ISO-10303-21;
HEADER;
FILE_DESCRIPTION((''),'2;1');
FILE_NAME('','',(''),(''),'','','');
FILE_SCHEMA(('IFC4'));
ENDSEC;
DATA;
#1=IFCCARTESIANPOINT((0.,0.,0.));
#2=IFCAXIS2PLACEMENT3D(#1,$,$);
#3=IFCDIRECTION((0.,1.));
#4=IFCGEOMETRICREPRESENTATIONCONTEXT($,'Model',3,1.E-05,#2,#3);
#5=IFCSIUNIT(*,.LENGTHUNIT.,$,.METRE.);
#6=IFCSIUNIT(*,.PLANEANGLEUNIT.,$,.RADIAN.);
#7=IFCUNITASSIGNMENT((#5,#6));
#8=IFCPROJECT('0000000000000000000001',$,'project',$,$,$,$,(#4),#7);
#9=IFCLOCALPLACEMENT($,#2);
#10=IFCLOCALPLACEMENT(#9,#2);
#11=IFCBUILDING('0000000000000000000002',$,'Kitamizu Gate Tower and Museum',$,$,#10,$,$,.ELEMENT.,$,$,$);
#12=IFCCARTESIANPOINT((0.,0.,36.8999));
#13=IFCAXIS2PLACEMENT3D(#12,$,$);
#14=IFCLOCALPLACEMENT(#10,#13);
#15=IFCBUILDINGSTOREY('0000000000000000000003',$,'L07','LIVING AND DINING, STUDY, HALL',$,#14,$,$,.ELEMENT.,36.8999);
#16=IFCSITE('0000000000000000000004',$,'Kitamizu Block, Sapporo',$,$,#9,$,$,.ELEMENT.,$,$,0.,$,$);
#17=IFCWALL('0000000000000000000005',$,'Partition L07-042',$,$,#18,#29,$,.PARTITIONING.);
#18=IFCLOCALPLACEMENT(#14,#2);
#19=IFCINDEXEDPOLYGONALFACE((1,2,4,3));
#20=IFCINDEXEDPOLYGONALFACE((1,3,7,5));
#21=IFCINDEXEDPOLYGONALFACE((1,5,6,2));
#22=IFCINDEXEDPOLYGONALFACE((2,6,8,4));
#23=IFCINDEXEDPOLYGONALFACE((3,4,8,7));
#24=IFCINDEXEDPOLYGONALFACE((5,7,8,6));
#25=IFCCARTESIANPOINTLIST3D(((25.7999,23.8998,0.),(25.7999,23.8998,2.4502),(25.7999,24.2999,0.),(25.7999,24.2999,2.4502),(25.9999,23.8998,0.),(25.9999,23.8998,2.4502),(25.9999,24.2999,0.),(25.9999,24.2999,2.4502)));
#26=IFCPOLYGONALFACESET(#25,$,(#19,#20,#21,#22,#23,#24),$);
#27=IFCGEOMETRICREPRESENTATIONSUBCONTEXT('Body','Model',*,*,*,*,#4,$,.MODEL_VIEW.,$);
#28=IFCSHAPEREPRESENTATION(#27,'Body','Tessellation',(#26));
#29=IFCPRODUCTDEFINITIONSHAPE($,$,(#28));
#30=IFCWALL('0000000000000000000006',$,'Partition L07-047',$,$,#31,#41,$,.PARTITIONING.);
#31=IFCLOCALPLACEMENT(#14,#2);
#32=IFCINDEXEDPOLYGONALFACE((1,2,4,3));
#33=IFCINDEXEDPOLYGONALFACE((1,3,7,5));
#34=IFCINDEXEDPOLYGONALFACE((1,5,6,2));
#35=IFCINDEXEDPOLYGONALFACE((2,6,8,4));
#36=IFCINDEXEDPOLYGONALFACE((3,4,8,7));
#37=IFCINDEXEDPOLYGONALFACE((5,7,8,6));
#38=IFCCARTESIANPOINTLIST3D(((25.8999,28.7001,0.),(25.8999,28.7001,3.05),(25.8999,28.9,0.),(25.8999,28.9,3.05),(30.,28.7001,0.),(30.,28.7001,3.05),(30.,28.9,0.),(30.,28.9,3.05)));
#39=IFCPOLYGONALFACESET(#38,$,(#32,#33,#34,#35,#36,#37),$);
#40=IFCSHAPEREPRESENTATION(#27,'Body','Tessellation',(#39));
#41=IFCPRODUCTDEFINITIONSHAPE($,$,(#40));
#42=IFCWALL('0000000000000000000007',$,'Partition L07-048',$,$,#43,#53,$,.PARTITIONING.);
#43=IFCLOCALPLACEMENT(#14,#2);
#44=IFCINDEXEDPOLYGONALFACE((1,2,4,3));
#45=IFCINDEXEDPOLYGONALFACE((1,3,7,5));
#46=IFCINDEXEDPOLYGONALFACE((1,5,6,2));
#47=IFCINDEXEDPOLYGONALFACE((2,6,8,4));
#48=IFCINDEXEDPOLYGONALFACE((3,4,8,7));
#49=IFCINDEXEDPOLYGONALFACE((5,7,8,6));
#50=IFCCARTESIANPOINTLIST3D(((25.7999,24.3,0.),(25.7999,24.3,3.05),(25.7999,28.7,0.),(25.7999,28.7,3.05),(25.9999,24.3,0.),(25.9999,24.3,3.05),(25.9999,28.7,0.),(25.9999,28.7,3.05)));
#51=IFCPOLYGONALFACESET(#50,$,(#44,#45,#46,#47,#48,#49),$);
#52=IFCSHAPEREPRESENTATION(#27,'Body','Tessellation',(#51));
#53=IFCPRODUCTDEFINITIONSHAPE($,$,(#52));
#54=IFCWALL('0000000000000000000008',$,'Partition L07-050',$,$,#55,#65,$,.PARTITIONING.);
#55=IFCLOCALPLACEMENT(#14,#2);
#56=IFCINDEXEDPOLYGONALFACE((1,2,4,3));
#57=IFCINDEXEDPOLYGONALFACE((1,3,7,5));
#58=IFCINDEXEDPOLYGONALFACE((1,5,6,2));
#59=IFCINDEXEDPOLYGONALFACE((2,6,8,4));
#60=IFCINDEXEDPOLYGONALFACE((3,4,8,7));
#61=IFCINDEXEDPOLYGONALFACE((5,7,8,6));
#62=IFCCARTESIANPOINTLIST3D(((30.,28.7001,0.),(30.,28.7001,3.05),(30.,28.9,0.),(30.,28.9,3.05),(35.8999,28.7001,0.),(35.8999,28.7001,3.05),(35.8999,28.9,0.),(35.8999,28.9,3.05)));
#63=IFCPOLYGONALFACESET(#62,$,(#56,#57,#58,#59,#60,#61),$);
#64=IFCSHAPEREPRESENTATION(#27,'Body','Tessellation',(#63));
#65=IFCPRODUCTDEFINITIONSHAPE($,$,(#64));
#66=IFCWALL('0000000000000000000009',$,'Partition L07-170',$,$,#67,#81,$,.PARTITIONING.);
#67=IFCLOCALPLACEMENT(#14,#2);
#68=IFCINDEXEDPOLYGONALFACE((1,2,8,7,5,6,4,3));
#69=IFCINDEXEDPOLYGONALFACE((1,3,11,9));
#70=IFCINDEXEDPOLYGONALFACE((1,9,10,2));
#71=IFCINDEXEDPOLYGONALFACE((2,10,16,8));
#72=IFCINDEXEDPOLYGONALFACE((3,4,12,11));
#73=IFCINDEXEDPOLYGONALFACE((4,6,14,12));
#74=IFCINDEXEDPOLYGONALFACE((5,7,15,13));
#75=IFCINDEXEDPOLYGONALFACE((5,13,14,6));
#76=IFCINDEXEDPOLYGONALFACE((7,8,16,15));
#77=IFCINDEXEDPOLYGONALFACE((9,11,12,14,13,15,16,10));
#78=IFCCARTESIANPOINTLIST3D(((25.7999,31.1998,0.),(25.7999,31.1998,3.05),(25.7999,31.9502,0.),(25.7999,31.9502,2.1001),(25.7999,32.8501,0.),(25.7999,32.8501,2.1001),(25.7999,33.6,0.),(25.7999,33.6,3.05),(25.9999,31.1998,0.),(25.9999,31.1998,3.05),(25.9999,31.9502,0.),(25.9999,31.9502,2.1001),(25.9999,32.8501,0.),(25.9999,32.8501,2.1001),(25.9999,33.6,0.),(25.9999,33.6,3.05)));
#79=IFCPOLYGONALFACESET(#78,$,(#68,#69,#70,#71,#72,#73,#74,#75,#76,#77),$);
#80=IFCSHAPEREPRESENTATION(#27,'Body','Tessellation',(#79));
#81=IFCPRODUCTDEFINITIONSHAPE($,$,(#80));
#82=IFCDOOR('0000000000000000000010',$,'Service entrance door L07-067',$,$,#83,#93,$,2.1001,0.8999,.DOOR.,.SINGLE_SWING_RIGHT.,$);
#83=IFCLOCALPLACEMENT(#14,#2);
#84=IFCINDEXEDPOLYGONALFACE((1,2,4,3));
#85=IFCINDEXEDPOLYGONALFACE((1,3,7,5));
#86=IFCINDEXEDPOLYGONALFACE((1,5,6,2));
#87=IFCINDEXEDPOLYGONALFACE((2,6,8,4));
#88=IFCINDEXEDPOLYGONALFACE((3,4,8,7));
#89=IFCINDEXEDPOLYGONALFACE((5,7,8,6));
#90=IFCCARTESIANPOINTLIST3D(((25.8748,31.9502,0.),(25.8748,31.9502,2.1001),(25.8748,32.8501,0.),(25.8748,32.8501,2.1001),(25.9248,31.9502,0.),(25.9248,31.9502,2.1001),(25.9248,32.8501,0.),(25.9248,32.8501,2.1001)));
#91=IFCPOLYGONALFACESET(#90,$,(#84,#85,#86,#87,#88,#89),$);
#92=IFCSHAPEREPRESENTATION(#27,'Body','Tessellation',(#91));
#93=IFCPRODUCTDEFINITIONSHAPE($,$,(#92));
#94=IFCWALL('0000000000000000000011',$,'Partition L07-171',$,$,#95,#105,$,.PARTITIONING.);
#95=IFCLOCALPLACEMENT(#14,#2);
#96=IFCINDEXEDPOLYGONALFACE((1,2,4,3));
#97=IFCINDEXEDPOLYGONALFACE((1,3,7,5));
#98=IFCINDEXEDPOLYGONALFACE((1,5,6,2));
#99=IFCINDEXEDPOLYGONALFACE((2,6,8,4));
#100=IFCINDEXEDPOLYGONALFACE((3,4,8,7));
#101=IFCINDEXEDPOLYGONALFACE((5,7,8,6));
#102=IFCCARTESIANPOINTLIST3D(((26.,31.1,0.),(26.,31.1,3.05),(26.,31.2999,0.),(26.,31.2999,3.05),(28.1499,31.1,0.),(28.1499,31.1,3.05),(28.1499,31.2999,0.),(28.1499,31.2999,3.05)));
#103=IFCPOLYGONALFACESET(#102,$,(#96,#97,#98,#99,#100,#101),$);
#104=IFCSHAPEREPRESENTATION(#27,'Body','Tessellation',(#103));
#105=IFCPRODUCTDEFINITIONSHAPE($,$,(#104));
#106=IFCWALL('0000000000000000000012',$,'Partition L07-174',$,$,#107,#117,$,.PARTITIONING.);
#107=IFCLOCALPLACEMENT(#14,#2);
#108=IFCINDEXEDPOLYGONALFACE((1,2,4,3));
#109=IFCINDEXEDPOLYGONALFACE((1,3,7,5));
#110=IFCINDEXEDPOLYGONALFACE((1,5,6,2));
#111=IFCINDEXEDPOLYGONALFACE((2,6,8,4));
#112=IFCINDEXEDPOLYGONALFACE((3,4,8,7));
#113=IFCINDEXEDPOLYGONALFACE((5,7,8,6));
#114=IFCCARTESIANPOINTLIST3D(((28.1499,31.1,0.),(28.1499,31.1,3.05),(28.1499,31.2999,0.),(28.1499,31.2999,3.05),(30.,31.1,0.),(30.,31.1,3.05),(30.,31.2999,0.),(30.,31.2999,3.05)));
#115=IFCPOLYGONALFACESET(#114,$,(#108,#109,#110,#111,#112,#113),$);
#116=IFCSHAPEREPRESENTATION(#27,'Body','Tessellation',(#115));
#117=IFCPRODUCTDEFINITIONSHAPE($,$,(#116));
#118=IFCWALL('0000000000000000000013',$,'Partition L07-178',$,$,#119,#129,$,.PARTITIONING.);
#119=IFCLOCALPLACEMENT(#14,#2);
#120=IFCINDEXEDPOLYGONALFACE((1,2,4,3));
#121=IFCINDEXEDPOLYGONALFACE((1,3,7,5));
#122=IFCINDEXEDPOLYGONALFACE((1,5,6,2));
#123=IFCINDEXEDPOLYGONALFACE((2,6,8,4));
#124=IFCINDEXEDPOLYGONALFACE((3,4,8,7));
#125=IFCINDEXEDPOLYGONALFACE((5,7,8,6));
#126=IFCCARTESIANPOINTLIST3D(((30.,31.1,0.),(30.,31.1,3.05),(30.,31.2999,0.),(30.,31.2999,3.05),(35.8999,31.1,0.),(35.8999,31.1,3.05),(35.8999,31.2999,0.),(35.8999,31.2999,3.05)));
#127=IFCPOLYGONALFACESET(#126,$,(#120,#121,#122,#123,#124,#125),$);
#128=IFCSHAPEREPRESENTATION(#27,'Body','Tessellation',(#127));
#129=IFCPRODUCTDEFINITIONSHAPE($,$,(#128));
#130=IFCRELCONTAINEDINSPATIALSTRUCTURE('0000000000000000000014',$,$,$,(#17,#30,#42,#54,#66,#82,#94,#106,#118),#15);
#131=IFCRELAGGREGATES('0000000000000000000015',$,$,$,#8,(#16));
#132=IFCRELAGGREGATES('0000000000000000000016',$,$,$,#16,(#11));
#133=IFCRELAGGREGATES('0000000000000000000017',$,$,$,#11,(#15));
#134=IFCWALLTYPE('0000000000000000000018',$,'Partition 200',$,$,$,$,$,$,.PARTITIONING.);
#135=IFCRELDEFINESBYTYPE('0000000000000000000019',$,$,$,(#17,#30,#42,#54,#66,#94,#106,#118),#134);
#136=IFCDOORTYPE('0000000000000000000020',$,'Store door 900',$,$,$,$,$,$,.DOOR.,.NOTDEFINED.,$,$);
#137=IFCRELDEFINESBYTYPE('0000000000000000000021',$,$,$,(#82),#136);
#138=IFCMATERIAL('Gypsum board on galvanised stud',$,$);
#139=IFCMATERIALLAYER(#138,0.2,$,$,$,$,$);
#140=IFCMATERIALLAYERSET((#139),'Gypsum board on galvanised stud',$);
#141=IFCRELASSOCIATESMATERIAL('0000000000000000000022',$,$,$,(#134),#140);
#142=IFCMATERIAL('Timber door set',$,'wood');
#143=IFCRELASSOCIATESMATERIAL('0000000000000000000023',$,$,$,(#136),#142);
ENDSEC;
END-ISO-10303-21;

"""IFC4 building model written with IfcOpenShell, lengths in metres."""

from ifc_helpers import new_model, si_unit, direction, frame, frame_2d, origin, place, context, subcontext, project, spatial, rectangle, extrude, material, layer, layer_set, type_object, element, fill, save


model = new_model("IFC4")

# Units and contexts
model_context = context("Model", 3, precision=1e-05, world=origin(), true_north=direction((0.0, 1.0)))
body_context = subcontext(model_context, "Body", "Model", "MODEL_VIEW")
ifc_project = project(units=[si_unit("LENGTHUNIT", "METRE"), si_unit("PLANEANGLEUNIT", "RADIAN")], contexts=[model_context])

# Site, building, storey
site_placement = place(None, origin())
site = spatial("IfcSite", under=ifc_project, at=site_placement, Name="Kitamizu Block, Sapporo", CompositionType="ELEMENT", RefElevation=0.0)
building_placement = place(site_placement, origin())
building = spatial("IfcBuilding", under=site, at=building_placement, Name="Kitamizu Gate Tower and Museum", CompositionType="ELEMENT")
storey_placement = place(building_placement, frame((0.0, 0.0, 36.8999)))
storey = spatial("IfcBuildingStorey", under=building, at=storey_placement, Name="L07", Description="LIVING AND DINING, STUDY, HALL", CompositionType="ELEMENT", Elevation=36.8999)

# Walls
ifc_material_1 = material(Name="Gypsum board on galvanised stud")
ifc_layer_1 = layer(ifc_material_1, 0.2)
ifc_layer_set_1 = layer_set([ifc_layer_1], Name="Gypsum board on galvanised stud")
wall_type_1 = type_object("IfcWallType", Name="Partition 200", PredefinedType="PARTITIONING", material=ifc_layer_set_1)
wall_1_placement = place(storey_placement, frame((25.8999, 24.3, 0.0), z_axis=(0.0, 0.0, 1.0), x_axis=(0.0, -1.0, 0.0)))
element("IfcWall", 1, at=wall_1_placement, inside=storey, type_object=wall_type_1, Name="Partition L07-042", PredefinedType="PARTITIONING", context=body_context, shape_type="SweptSolid", body=[
    extrude(rectangle(XDim=0.4001, YDim=0.2, at=frame_2d((0.2002, 0.0))), origin(), (0.0, 0.0, 1.0), 2.4502),
])
wall_2_placement = place(storey_placement, frame((30.0, 28.8, 0.0), z_axis=(0.0, 0.0, 1.0), x_axis=(-1.0, 0.0, 0.0)))
element("IfcWall", 2, at=wall_2_placement, inside=storey, type_object=wall_type_1, Name="Partition L07-047", PredefinedType="PARTITIONING", context=body_context, shape_type="SweptSolid", body=[
    extrude(rectangle(XDim=4.1001, YDim=0.2, at=frame_2d((2.05, 0.0))), origin(), (0.0, 0.0, 1.0), 3.05),
])
wall_3_placement = place(storey_placement, frame((25.8999, 28.7, 0.0), z_axis=(0.0, 0.0, 1.0), x_axis=(0.0, -1.0, 0.0)))
element("IfcWall", 3, at=wall_3_placement, inside=storey, type_object=wall_type_1, Name="Partition L07-048", PredefinedType="PARTITIONING", context=body_context, shape_type="SweptSolid", body=[
    extrude(rectangle(XDim=4.3999, YDim=0.2, at=frame_2d((2.2, 0.0))), origin(), (0.0, 0.0, 1.0), 3.05),
])
wall_4_placement = place(storey_placement, frame((35.8999, 28.8, 0.0), z_axis=(0.0, 0.0, 1.0), x_axis=(-1.0, 0.0, 0.0)))
element("IfcWall", 4, at=wall_4_placement, inside=storey, type_object=wall_type_1, Name="Partition L07-050", PredefinedType="PARTITIONING", context=body_context, shape_type="SweptSolid", body=[
    extrude(rectangle(XDim=5.8999, YDim=0.2, at=frame_2d((2.95, 0.0))), origin(), (0.0, 0.0, 1.0), 3.05),
])

# Wall, opening, door
wall_5_placement = place(storey_placement, frame((25.8999, 33.6001, 0.0), z_axis=(0.0, 0.0, 1.0), x_axis=(0.0, -1.0, 0.0)))
wall_5 = element("IfcWall", 5, at=wall_5_placement, inside=storey, type_object=wall_type_1, Name="Partition L07-170", PredefinedType="PARTITIONING", context=body_context, shape_type="SweptSolid", body=[
    extrude(rectangle(XDim=2.4001, YDim=0.2, at=frame_2d((1.2002, 0.0))), origin(), (0.0, 0.0, 1.0), 3.05),
])
opening_1_placement = place(wall_5_placement, frame((0.75, 0.0, 0.0)))
opening_1 = element("IfcOpeningElement", 6, at=opening_1_placement, cuts=wall_5, PredefinedType="OPENING", context=body_context, shape_type="SweptSolid", body=[
    extrude(rectangle(XDim=0.8999, YDim=2.1001, at=frame_2d((0.45, 1.05))), frame((0.0, 0.1099, 0.0), z_axis=(0.0, -1.0, 0.0), x_axis=(1.0, 0.0, 0.0)), (0.0, 0.0, 1.0), 0.22),
])
ifc_material_2 = material(Name="Timber door set", Category="wood")
door_type_1 = type_object("IfcDoorType", Name="Store door 900", OperationType="NOTDEFINED", PredefinedType="DOOR", material=ifc_material_2)
door_1_placement = place(opening_1_placement, origin())
door_1 = element("IfcDoor", 7, at=door_1_placement, inside=storey, type_object=door_type_1, Name="Service entrance door L07-067", OperationType="SINGLE_SWING_RIGHT", OverallHeight=2.1001, OverallWidth=0.8999, PredefinedType="DOOR", context=body_context, shape_type="SweptSolid", body=[
    extrude(rectangle(XDim=0.8999, YDim=2.1001, at=frame_2d((0.45, 1.05))), frame((0.0, 0.0249, 0.0), z_axis=(0.0, -1.0, 0.0), x_axis=(1.0, 0.0, 0.0)), (0.0, 0.0, 1.0), 0.05),
])
fill(opening_1, door_1)

# Walls
wall_6_placement = place(storey_placement, frame((26.0, 31.2, 0.0), z_axis=(0.0, 0.0, 1.0), x_axis=(1.0, 0.0, 0.0)))
element("IfcWall", 8, at=wall_6_placement, inside=storey, type_object=wall_type_1, Name="Partition L07-171", PredefinedType="PARTITIONING", context=body_context, shape_type="SweptSolid", body=[
    extrude(rectangle(XDim=2.1499, YDim=0.2, at=frame_2d((1.075, 0.0))), origin(), (0.0, 0.0, 1.0), 3.05),
])
wall_7_placement = place(storey_placement, frame((28.1499, 31.2, 0.0), z_axis=(0.0, 0.0, 1.0), x_axis=(1.0, 0.0, 0.0)))
element("IfcWall", 9, at=wall_7_placement, inside=storey, type_object=wall_type_1, Name="Partition L07-174", PredefinedType="PARTITIONING", context=body_context, shape_type="SweptSolid", body=[
    extrude(rectangle(XDim=1.8501, YDim=0.2, at=frame_2d((0.925, 0.0))), origin(), (0.0, 0.0, 1.0), 3.05),
])
wall_8_placement = place(storey_placement, frame((30.0, 31.2, 0.0), z_axis=(0.0, 0.0, 1.0), x_axis=(1.0, 0.0, 0.0)))
element("IfcWall", 10, at=wall_8_placement, inside=storey, type_object=wall_type_1, Name="Partition L07-178", PredefinedType="PARTITIONING", context=body_context, shape_type="SweptSolid", body=[
    extrude(rectangle(XDim=5.8999, YDim=0.2, at=frame_2d((2.95, 0.0))), origin(), (0.0, 0.0, 1.0), 3.05),
])

save(model, "model.ifc")
